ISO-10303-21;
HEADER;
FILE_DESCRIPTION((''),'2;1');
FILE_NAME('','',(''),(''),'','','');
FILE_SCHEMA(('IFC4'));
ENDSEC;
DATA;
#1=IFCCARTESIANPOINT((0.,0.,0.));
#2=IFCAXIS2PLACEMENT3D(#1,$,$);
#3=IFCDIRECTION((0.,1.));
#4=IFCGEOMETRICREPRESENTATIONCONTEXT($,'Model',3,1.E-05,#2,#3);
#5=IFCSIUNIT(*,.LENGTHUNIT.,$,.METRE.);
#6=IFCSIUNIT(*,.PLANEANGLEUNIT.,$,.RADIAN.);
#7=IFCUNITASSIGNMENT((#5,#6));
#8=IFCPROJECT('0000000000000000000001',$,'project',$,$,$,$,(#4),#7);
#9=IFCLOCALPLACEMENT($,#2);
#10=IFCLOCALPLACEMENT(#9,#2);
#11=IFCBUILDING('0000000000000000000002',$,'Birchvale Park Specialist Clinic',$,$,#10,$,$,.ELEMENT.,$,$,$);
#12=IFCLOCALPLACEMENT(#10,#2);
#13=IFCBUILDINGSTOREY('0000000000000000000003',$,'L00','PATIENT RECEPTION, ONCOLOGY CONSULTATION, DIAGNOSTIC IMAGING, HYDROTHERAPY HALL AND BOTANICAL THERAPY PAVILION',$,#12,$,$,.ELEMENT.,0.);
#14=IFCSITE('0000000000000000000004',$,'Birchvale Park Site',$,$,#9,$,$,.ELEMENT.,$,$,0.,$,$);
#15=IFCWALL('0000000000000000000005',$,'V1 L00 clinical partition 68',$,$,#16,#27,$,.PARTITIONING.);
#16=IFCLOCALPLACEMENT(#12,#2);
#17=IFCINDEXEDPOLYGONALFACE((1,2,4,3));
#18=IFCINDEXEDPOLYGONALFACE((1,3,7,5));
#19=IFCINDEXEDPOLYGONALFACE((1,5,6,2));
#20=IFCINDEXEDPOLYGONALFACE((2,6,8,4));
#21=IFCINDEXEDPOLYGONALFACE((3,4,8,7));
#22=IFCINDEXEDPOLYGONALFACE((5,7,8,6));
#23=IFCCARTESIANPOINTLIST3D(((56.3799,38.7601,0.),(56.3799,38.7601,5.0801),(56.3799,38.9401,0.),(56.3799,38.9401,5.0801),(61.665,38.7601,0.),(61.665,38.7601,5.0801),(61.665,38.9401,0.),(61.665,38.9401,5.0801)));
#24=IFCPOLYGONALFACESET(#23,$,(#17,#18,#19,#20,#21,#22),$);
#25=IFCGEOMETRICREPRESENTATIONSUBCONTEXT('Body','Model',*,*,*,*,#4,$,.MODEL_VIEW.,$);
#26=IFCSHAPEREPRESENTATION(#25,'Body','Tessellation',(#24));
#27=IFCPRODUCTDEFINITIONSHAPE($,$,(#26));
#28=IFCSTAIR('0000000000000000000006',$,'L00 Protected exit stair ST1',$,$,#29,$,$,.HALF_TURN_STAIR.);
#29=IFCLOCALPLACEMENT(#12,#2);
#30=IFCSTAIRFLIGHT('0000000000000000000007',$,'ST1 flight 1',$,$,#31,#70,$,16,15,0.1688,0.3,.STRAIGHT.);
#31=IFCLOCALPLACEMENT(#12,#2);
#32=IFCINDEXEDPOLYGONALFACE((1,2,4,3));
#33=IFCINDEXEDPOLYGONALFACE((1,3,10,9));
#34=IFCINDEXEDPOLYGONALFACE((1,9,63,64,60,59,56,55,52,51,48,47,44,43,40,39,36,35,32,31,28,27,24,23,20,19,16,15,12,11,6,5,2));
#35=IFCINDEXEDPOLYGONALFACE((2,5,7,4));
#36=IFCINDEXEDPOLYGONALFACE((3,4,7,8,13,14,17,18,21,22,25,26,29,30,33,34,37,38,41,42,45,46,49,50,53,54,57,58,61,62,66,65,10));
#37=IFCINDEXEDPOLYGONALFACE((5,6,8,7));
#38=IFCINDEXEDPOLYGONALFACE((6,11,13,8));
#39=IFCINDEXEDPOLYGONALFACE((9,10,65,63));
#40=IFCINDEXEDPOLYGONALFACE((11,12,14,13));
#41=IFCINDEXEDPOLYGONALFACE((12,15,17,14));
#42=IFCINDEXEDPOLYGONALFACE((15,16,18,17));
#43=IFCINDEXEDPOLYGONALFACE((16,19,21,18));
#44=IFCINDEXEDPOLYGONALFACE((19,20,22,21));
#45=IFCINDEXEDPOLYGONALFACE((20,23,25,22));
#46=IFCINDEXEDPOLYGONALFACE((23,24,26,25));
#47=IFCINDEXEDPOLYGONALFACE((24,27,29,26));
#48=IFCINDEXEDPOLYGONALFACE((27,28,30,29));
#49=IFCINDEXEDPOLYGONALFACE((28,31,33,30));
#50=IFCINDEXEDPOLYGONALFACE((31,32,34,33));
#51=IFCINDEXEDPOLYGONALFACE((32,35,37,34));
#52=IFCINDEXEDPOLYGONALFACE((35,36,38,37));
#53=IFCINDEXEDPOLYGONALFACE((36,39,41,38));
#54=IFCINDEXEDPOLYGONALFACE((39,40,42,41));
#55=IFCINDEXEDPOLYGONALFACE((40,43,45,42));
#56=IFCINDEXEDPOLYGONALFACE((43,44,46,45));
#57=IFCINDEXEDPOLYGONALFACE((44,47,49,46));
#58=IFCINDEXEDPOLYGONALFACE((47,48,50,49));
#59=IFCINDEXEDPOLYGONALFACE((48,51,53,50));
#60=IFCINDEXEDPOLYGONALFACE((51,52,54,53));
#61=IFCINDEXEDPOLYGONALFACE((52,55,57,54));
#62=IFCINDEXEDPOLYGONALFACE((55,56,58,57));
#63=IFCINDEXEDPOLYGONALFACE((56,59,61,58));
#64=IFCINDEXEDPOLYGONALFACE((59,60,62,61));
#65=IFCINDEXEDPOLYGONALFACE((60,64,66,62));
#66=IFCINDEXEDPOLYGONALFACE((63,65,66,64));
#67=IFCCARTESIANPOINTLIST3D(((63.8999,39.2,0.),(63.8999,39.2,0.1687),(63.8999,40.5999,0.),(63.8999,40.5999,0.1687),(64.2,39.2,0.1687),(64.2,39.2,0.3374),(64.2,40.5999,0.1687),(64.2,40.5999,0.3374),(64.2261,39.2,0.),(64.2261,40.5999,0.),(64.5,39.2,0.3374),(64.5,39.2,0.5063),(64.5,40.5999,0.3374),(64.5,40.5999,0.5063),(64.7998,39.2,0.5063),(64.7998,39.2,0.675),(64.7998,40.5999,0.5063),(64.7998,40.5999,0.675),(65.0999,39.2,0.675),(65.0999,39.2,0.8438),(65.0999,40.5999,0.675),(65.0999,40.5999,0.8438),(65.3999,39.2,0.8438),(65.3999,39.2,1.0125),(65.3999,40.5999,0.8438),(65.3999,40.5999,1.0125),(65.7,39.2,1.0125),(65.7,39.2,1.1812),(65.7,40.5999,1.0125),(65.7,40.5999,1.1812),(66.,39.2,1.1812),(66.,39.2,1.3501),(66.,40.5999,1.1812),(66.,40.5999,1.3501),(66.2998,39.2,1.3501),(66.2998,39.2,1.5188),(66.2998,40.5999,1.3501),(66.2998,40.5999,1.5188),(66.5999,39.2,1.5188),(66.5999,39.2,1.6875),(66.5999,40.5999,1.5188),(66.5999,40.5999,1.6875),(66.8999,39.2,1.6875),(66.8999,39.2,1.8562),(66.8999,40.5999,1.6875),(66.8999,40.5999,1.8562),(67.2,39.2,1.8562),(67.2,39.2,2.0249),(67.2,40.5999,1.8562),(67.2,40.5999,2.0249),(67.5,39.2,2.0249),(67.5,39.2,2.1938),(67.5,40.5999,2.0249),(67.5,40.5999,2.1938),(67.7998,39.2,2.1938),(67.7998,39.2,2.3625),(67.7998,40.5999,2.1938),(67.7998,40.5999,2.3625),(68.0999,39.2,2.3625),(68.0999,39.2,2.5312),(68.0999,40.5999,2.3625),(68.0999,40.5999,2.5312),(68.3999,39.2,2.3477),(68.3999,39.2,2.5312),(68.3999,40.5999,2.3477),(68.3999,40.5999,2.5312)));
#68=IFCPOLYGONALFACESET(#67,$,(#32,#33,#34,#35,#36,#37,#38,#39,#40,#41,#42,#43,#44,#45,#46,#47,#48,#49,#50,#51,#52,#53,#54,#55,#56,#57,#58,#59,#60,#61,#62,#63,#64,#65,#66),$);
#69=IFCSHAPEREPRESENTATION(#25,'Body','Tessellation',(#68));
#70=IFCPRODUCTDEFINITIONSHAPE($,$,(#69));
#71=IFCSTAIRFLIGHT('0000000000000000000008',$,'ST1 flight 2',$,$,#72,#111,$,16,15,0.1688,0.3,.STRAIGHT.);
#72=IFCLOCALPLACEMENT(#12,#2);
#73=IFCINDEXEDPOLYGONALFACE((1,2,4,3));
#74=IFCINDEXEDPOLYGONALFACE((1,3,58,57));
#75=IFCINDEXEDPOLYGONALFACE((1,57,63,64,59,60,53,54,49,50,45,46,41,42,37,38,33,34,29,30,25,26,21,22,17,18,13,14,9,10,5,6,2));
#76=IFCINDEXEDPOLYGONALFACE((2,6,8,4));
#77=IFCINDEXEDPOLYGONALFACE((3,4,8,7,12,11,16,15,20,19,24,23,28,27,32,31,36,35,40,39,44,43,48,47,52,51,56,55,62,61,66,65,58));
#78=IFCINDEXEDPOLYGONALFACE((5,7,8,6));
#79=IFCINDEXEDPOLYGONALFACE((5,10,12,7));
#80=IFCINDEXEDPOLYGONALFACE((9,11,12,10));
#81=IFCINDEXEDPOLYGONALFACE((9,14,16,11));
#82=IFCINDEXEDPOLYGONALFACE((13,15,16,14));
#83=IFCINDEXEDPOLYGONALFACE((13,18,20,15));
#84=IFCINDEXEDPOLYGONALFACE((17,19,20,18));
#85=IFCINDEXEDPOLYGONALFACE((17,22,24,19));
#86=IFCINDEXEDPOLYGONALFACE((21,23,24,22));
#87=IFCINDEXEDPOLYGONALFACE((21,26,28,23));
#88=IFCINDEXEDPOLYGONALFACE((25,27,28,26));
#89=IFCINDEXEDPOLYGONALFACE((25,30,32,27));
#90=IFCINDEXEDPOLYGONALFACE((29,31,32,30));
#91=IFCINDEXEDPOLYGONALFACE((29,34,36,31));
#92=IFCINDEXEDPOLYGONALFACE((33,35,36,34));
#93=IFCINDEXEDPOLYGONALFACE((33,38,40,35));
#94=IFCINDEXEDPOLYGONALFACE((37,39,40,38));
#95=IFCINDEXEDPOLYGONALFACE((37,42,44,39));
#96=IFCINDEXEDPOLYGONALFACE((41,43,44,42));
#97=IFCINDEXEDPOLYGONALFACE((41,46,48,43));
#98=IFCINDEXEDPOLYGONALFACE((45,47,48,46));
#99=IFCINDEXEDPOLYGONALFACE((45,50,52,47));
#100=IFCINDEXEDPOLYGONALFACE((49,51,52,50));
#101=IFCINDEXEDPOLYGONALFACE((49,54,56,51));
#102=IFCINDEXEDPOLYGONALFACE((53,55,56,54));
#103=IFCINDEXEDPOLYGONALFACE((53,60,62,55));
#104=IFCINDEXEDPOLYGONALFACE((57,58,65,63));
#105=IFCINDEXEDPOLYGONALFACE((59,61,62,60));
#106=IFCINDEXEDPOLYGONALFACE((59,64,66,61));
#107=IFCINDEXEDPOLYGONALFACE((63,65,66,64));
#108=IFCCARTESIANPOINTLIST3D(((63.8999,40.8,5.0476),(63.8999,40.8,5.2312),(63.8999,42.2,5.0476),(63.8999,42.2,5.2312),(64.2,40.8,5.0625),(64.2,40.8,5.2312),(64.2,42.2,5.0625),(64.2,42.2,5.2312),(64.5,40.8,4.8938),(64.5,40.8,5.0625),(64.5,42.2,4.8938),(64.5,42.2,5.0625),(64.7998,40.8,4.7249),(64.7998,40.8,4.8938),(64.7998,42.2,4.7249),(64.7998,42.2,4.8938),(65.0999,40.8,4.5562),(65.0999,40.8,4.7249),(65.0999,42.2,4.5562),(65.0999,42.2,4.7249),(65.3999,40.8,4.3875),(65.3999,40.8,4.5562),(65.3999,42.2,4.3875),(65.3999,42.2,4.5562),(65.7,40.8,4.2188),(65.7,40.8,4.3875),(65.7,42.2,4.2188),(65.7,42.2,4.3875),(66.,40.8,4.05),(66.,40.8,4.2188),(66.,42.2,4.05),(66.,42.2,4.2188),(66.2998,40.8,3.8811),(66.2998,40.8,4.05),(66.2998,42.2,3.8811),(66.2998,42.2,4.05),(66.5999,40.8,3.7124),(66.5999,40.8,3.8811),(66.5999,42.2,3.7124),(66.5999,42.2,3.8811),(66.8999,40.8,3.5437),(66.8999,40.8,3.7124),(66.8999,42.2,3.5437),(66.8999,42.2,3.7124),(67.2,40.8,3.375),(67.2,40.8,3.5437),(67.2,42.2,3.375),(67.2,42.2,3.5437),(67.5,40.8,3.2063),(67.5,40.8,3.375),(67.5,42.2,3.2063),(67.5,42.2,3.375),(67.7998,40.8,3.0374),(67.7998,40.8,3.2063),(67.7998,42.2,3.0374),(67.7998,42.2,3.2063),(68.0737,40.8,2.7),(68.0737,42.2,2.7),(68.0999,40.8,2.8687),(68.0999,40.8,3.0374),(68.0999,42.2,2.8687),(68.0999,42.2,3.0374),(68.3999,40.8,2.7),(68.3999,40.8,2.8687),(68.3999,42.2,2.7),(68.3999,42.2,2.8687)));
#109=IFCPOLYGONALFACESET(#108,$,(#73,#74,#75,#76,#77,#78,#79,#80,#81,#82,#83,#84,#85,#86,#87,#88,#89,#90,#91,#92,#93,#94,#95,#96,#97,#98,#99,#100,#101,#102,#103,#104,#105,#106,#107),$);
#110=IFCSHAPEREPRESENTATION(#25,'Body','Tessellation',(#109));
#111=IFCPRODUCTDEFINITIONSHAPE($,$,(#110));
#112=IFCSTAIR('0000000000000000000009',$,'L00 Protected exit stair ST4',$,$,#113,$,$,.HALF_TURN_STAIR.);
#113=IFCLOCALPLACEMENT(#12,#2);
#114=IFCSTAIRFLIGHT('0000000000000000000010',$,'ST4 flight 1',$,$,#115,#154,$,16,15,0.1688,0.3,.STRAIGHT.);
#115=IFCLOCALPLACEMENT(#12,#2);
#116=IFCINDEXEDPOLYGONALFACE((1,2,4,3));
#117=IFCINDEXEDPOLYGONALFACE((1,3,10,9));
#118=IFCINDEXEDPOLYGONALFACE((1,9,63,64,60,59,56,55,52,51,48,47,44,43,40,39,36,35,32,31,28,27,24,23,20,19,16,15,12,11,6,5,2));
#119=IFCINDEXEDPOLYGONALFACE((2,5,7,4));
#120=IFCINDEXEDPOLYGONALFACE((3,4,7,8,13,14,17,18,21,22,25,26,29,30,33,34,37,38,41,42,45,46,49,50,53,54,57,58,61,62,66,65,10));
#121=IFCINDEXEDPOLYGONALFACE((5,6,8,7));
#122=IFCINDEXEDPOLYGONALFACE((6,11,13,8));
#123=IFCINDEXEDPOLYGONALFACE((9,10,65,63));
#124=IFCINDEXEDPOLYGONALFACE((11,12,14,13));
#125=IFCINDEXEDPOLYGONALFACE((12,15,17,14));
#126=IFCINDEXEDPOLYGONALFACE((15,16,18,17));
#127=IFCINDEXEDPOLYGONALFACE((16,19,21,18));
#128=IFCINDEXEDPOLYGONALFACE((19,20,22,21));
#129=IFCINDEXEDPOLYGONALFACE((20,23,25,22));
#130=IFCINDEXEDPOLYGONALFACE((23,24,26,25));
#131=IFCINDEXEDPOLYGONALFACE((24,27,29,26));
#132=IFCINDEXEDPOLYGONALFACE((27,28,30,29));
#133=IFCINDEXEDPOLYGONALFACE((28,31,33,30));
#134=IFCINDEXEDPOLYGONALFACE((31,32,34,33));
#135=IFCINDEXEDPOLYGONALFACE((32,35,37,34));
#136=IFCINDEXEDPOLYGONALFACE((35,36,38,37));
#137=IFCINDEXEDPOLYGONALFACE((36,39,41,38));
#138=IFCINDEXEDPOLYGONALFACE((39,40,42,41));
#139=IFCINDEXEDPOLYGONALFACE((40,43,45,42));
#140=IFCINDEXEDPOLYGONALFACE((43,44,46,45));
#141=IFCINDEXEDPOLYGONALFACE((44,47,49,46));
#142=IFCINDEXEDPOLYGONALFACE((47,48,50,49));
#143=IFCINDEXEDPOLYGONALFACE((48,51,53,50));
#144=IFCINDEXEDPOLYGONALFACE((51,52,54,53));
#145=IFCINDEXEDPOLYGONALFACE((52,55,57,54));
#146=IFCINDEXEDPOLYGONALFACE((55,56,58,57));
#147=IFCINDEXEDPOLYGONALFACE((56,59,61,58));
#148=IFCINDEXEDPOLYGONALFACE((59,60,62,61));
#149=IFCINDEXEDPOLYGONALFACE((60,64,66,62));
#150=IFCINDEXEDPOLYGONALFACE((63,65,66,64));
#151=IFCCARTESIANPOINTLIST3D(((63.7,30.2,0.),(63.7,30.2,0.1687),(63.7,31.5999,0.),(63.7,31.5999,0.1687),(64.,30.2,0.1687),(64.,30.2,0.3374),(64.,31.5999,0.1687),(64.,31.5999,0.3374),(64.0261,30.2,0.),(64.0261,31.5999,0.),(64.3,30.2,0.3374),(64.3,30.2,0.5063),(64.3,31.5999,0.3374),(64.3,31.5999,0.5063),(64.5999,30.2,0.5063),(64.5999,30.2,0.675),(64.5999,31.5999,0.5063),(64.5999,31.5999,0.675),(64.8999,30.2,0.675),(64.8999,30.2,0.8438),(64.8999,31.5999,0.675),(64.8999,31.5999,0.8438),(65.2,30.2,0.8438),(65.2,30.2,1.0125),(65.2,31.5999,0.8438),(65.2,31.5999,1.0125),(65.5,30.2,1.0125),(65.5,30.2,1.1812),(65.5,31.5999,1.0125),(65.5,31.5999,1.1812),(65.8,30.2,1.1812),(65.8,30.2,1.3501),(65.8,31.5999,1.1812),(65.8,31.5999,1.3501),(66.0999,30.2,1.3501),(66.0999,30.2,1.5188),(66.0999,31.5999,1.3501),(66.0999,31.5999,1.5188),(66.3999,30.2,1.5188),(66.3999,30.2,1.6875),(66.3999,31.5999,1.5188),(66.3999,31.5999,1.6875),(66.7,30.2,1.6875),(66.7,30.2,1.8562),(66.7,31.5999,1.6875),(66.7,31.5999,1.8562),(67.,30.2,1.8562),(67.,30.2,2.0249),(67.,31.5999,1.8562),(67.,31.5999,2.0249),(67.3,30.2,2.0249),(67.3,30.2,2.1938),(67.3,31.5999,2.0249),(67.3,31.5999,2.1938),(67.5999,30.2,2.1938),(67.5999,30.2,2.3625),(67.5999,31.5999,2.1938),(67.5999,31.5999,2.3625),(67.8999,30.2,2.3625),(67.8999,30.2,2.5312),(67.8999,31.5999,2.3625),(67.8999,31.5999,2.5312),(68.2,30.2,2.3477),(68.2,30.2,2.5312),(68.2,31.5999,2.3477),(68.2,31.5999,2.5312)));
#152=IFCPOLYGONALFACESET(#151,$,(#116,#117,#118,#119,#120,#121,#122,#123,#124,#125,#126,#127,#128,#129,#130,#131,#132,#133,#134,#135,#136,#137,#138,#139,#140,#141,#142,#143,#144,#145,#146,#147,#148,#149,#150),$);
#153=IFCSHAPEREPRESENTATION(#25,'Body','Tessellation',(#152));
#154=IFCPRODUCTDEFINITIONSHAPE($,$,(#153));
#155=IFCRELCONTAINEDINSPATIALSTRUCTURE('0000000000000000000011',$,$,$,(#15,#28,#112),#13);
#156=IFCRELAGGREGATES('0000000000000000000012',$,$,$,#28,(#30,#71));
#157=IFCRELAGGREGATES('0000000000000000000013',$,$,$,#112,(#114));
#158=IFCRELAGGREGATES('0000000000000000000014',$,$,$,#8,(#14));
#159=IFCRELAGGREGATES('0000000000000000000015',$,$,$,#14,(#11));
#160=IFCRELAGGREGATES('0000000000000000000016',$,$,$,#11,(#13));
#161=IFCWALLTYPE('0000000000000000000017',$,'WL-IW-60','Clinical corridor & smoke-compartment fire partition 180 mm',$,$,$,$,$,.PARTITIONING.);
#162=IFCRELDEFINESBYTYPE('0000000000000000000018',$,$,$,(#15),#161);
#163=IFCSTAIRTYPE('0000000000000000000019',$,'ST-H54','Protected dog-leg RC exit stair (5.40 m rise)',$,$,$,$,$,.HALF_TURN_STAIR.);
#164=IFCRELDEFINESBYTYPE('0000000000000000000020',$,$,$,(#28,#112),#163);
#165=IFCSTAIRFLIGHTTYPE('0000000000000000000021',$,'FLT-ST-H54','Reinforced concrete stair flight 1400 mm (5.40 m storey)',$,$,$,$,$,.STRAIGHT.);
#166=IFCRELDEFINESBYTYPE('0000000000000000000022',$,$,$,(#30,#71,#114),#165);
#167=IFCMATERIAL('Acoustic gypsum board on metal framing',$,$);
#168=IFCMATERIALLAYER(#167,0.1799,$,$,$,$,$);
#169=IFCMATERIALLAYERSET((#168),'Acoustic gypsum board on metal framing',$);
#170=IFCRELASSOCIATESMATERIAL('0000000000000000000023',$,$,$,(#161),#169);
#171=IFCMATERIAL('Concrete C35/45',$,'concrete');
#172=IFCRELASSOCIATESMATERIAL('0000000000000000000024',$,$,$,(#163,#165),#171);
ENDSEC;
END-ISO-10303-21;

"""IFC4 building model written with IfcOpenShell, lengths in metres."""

from ifc_helpers import new_model, si_unit, direction, frame, frame_2d, origin, place, context, subcontext, project, spatial, polyline, rectangle, outline, extrude, material, layer, layer_set, type_object, element, aggregate, save


model = new_model("IFC4")

# Units and contexts
model_context = context("Model", 3, precision=1e-05, world=origin(), true_north=direction((0.0, 1.0)))
body_context = subcontext(model_context, "Body", "Model", "MODEL_VIEW")
ifc_project = project(units=[si_unit("LENGTHUNIT", "METRE"), si_unit("PLANEANGLEUNIT", "RADIAN")], contexts=[model_context])

# Site, building, storey
site_placement = place(None, origin())
site = spatial("IfcSite", under=ifc_project, at=site_placement, Name="Birchvale Park Site", CompositionType="ELEMENT", RefElevation=0.0)
building_placement = place(site_placement, origin())
building = spatial("IfcBuilding", under=site, at=building_placement, Name="Birchvale Park Specialist Clinic", CompositionType="ELEMENT")
storey_placement = place(building_placement, origin())
storey = spatial("IfcBuildingStorey", under=building, at=storey_placement, Name="L00", Description="PATIENT RECEPTION, ONCOLOGY CONSULTATION, DIAGNOSTIC IMAGING, HYDROTHERAPY HALL AND BOTANICAL THERAPY PAVILION", CompositionType="ELEMENT", Elevation=0.0)

# Wall
ifc_material_1 = material(Name="Acoustic gypsum board on metal framing")
ifc_layer_1 = layer(ifc_material_1, 0.1799)
ifc_layer_set_1 = layer_set([ifc_layer_1], Name="Acoustic gypsum board on metal framing")
wall_type_1 = type_object("IfcWallType", Name="WL-IW-60", Description="Clinical corridor & smoke-compartment fire partition 180 mm", PredefinedType="PARTITIONING", material=ifc_layer_set_1)
wall_1_placement = place(storey_placement, frame((61.665, 38.8501, 0.0), z_axis=(0.0, 0.0, 1.0), x_axis=(-1.0, 0.0, 0.0)))
element("IfcWall", 1, at=wall_1_placement, inside=storey, type_object=wall_type_1, Name="V1 L00 clinical partition 68", PredefinedType="PARTITIONING", context=body_context, shape_type="SweptSolid", body=[
    extrude(rectangle(XDim=5.2852, YDim=0.1799, at=frame_2d((2.6426, 0.0))), origin(), (0.0, 0.0, 1.0), 5.0801),
])

# Stairs, stair flights
ifc_material_2 = material(Name="Concrete C35/45", Category="concrete")
stair_type = type_object("IfcStairType", Name="ST-H54", Description="Protected dog-leg RC exit stair (5.40 m rise)", PredefinedType="HALF_TURN_STAIR", material=ifc_material_2)
stair_1_placement = place(storey_placement, origin())
stair_1 = element("IfcStair", 2, at=stair_1_placement, inside=storey, type_object=stair_type, Name="L00 Protected exit stair ST1", PredefinedType="HALF_TURN_STAIR")
stair_flight_type = type_object("IfcStairFlightType", Name="FLT-ST-H54", Description="Reinforced concrete stair flight 1400 mm (5.40 m storey)", PredefinedType="STRAIGHT", material=ifc_material_2)
stair_flight_1_placement = place(storey_placement, frame((63.8999, 39.8999, 0.0), z_axis=(0.0, 0.0, 1.0), x_axis=(1.0, 0.0, 0.0)))
stair_flight_1 = element("IfcStairFlight", 3, at=stair_flight_1_placement, type_object=stair_flight_type, Name="ST1 flight 1", NumberOfRisers=16, NumberOfTreads=15, PredefinedType="STRAIGHT", RiserHeight=0.1688, TreadLength=0.3, context=body_context, shape_type="SweptSolid", body=[
    extrude(outline(polyline([(0.0, 0.0), (0.0, 0.1687), (0.3, 0.1687), (0.3, 0.3374), (0.6001, 0.3374), (0.6001, 0.5063), (0.8999, 0.5063), (0.8999, 0.675), (1.2, 0.675), (1.2, 0.8438), (1.5, 0.8438), (1.5, 1.0125), (1.8, 1.0125), (1.8, 1.1812), (2.1001, 1.1812), (2.1001, 1.3501), (2.3999, 1.3501), (2.3999, 1.5188), (2.7, 1.5188), (2.7, 1.6875), (3.0, 1.6875), (3.0, 1.8562), (3.3, 1.8562), (3.3, 2.0249), (3.6001, 2.0249), (3.6001, 2.1938), (3.8999, 2.1938), (3.8999, 2.3625), (4.2, 2.3625), (4.2, 2.5312), (4.5, 2.5312), (4.5, 2.7), (4.5, 2.3477), (0.3262, 0.0), (0.0, 0.0)])), frame((0.0, 0.7, 0.0), z_axis=(0.0, -1.0, 0.0), x_axis=(1.0, 0.0, 0.0)), (0.0, 0.0, 1.0), 1.3999),
])
stair_flight_2_placement = place(storey_placement, frame((68.3999, 41.5, 2.7), z_axis=(0.0, 0.0, 1.0), x_axis=(-1.0, 0.0, 0.0)))
stair_flight_2 = element("IfcStairFlight", 4, at=stair_flight_2_placement, type_object=stair_flight_type, Name="ST1 flight 2", NumberOfRisers=16, NumberOfTreads=15, PredefinedType="STRAIGHT", RiserHeight=0.1688, TreadLength=0.3, context=body_context, shape_type="SweptSolid", body=[
    extrude(outline(polyline([(0.0, 0.0), (0.0, 0.1687), (0.3, 0.1687), (0.3, 0.3374), (0.6001, 0.3374), (0.6001, 0.5063), (0.8999, 0.5063), (0.8999, 0.675), (1.2, 0.675), (1.2, 0.8438), (1.5, 0.8438), (1.5, 1.0125), (1.8, 1.0125), (1.8, 1.1812), (2.1001, 1.1812), (2.1001, 1.3501), (2.3999, 1.3501), (2.3999, 1.5188), (2.7, 1.5188), (2.7, 1.6875), (3.0, 1.6875), (3.0, 1.8562), (3.3, 1.8562), (3.3, 2.0249), (3.6001, 2.0249), (3.6001, 2.1938), (3.8999, 2.1938), (3.8999, 2.3625), (4.2, 2.3625), (4.2, 2.5312), (4.5, 2.5312), (4.5, 2.7), (4.5, 2.3477), (0.3262, 0.0), (0.0, 0.0)])), frame((0.0, 0.7, 0.0), z_axis=(0.0, -1.0, 0.0), x_axis=(1.0, 0.0, 0.0)), (0.0, 0.0, 1.0), 1.3999),
])
aggregate(stair_1, [stair_flight_1, stair_flight_2])
stair_2_placement = place(storey_placement, origin())
stair_2 = element("IfcStair", 5, at=stair_2_placement, inside=storey, type_object=stair_type, Name="L00 Protected exit stair ST4", PredefinedType="HALF_TURN_STAIR")
stair_flight_3_placement = place(storey_placement, frame((63.7, 30.8999, 0.0), z_axis=(0.0, 0.0, 1.0), x_axis=(1.0, 0.0, 0.0)))
stair_flight_3 = element("IfcStairFlight", 6, at=stair_flight_3_placement, type_object=stair_flight_type, Name="ST4 flight 1", NumberOfRisers=16, NumberOfTreads=15, PredefinedType="STRAIGHT", RiserHeight=0.1688, TreadLength=0.3, context=body_context, shape_type="SweptSolid", body=[
    extrude(outline(polyline([(0.0, 0.0), (0.0, 0.1687), (0.3, 0.1687), (0.3, 0.3374), (0.6001, 0.3374), (0.6001, 0.5063), (0.8999, 0.5063), (0.8999, 0.675), (1.2, 0.675), (1.2, 0.8438), (1.5, 0.8438), (1.5, 1.0125), (1.8, 1.0125), (1.8, 1.1812), (2.1001, 1.1812), (2.1001, 1.3501), (2.3999, 1.3501), (2.3999, 1.5188), (2.7, 1.5188), (2.7, 1.6875), (3.0, 1.6875), (3.0, 1.8562), (3.3, 1.8562), (3.3, 2.0249), (3.6001, 2.0249), (3.6001, 2.1938), (3.8999, 2.1938), (3.8999, 2.3625), (4.2, 2.3625), (4.2, 2.5312), (4.5, 2.5312), (4.5, 2.7), (4.5, 2.3477), (0.3262, 0.0), (0.0, 0.0)])), frame((0.0, 0.7, 0.0), z_axis=(0.0, -1.0, 0.0), x_axis=(1.0, 0.0, 0.0)), (0.0, 0.0, 1.0), 1.3999),
])
aggregate(stair_2, [stair_flight_3])

save(model, "model.ifc")
